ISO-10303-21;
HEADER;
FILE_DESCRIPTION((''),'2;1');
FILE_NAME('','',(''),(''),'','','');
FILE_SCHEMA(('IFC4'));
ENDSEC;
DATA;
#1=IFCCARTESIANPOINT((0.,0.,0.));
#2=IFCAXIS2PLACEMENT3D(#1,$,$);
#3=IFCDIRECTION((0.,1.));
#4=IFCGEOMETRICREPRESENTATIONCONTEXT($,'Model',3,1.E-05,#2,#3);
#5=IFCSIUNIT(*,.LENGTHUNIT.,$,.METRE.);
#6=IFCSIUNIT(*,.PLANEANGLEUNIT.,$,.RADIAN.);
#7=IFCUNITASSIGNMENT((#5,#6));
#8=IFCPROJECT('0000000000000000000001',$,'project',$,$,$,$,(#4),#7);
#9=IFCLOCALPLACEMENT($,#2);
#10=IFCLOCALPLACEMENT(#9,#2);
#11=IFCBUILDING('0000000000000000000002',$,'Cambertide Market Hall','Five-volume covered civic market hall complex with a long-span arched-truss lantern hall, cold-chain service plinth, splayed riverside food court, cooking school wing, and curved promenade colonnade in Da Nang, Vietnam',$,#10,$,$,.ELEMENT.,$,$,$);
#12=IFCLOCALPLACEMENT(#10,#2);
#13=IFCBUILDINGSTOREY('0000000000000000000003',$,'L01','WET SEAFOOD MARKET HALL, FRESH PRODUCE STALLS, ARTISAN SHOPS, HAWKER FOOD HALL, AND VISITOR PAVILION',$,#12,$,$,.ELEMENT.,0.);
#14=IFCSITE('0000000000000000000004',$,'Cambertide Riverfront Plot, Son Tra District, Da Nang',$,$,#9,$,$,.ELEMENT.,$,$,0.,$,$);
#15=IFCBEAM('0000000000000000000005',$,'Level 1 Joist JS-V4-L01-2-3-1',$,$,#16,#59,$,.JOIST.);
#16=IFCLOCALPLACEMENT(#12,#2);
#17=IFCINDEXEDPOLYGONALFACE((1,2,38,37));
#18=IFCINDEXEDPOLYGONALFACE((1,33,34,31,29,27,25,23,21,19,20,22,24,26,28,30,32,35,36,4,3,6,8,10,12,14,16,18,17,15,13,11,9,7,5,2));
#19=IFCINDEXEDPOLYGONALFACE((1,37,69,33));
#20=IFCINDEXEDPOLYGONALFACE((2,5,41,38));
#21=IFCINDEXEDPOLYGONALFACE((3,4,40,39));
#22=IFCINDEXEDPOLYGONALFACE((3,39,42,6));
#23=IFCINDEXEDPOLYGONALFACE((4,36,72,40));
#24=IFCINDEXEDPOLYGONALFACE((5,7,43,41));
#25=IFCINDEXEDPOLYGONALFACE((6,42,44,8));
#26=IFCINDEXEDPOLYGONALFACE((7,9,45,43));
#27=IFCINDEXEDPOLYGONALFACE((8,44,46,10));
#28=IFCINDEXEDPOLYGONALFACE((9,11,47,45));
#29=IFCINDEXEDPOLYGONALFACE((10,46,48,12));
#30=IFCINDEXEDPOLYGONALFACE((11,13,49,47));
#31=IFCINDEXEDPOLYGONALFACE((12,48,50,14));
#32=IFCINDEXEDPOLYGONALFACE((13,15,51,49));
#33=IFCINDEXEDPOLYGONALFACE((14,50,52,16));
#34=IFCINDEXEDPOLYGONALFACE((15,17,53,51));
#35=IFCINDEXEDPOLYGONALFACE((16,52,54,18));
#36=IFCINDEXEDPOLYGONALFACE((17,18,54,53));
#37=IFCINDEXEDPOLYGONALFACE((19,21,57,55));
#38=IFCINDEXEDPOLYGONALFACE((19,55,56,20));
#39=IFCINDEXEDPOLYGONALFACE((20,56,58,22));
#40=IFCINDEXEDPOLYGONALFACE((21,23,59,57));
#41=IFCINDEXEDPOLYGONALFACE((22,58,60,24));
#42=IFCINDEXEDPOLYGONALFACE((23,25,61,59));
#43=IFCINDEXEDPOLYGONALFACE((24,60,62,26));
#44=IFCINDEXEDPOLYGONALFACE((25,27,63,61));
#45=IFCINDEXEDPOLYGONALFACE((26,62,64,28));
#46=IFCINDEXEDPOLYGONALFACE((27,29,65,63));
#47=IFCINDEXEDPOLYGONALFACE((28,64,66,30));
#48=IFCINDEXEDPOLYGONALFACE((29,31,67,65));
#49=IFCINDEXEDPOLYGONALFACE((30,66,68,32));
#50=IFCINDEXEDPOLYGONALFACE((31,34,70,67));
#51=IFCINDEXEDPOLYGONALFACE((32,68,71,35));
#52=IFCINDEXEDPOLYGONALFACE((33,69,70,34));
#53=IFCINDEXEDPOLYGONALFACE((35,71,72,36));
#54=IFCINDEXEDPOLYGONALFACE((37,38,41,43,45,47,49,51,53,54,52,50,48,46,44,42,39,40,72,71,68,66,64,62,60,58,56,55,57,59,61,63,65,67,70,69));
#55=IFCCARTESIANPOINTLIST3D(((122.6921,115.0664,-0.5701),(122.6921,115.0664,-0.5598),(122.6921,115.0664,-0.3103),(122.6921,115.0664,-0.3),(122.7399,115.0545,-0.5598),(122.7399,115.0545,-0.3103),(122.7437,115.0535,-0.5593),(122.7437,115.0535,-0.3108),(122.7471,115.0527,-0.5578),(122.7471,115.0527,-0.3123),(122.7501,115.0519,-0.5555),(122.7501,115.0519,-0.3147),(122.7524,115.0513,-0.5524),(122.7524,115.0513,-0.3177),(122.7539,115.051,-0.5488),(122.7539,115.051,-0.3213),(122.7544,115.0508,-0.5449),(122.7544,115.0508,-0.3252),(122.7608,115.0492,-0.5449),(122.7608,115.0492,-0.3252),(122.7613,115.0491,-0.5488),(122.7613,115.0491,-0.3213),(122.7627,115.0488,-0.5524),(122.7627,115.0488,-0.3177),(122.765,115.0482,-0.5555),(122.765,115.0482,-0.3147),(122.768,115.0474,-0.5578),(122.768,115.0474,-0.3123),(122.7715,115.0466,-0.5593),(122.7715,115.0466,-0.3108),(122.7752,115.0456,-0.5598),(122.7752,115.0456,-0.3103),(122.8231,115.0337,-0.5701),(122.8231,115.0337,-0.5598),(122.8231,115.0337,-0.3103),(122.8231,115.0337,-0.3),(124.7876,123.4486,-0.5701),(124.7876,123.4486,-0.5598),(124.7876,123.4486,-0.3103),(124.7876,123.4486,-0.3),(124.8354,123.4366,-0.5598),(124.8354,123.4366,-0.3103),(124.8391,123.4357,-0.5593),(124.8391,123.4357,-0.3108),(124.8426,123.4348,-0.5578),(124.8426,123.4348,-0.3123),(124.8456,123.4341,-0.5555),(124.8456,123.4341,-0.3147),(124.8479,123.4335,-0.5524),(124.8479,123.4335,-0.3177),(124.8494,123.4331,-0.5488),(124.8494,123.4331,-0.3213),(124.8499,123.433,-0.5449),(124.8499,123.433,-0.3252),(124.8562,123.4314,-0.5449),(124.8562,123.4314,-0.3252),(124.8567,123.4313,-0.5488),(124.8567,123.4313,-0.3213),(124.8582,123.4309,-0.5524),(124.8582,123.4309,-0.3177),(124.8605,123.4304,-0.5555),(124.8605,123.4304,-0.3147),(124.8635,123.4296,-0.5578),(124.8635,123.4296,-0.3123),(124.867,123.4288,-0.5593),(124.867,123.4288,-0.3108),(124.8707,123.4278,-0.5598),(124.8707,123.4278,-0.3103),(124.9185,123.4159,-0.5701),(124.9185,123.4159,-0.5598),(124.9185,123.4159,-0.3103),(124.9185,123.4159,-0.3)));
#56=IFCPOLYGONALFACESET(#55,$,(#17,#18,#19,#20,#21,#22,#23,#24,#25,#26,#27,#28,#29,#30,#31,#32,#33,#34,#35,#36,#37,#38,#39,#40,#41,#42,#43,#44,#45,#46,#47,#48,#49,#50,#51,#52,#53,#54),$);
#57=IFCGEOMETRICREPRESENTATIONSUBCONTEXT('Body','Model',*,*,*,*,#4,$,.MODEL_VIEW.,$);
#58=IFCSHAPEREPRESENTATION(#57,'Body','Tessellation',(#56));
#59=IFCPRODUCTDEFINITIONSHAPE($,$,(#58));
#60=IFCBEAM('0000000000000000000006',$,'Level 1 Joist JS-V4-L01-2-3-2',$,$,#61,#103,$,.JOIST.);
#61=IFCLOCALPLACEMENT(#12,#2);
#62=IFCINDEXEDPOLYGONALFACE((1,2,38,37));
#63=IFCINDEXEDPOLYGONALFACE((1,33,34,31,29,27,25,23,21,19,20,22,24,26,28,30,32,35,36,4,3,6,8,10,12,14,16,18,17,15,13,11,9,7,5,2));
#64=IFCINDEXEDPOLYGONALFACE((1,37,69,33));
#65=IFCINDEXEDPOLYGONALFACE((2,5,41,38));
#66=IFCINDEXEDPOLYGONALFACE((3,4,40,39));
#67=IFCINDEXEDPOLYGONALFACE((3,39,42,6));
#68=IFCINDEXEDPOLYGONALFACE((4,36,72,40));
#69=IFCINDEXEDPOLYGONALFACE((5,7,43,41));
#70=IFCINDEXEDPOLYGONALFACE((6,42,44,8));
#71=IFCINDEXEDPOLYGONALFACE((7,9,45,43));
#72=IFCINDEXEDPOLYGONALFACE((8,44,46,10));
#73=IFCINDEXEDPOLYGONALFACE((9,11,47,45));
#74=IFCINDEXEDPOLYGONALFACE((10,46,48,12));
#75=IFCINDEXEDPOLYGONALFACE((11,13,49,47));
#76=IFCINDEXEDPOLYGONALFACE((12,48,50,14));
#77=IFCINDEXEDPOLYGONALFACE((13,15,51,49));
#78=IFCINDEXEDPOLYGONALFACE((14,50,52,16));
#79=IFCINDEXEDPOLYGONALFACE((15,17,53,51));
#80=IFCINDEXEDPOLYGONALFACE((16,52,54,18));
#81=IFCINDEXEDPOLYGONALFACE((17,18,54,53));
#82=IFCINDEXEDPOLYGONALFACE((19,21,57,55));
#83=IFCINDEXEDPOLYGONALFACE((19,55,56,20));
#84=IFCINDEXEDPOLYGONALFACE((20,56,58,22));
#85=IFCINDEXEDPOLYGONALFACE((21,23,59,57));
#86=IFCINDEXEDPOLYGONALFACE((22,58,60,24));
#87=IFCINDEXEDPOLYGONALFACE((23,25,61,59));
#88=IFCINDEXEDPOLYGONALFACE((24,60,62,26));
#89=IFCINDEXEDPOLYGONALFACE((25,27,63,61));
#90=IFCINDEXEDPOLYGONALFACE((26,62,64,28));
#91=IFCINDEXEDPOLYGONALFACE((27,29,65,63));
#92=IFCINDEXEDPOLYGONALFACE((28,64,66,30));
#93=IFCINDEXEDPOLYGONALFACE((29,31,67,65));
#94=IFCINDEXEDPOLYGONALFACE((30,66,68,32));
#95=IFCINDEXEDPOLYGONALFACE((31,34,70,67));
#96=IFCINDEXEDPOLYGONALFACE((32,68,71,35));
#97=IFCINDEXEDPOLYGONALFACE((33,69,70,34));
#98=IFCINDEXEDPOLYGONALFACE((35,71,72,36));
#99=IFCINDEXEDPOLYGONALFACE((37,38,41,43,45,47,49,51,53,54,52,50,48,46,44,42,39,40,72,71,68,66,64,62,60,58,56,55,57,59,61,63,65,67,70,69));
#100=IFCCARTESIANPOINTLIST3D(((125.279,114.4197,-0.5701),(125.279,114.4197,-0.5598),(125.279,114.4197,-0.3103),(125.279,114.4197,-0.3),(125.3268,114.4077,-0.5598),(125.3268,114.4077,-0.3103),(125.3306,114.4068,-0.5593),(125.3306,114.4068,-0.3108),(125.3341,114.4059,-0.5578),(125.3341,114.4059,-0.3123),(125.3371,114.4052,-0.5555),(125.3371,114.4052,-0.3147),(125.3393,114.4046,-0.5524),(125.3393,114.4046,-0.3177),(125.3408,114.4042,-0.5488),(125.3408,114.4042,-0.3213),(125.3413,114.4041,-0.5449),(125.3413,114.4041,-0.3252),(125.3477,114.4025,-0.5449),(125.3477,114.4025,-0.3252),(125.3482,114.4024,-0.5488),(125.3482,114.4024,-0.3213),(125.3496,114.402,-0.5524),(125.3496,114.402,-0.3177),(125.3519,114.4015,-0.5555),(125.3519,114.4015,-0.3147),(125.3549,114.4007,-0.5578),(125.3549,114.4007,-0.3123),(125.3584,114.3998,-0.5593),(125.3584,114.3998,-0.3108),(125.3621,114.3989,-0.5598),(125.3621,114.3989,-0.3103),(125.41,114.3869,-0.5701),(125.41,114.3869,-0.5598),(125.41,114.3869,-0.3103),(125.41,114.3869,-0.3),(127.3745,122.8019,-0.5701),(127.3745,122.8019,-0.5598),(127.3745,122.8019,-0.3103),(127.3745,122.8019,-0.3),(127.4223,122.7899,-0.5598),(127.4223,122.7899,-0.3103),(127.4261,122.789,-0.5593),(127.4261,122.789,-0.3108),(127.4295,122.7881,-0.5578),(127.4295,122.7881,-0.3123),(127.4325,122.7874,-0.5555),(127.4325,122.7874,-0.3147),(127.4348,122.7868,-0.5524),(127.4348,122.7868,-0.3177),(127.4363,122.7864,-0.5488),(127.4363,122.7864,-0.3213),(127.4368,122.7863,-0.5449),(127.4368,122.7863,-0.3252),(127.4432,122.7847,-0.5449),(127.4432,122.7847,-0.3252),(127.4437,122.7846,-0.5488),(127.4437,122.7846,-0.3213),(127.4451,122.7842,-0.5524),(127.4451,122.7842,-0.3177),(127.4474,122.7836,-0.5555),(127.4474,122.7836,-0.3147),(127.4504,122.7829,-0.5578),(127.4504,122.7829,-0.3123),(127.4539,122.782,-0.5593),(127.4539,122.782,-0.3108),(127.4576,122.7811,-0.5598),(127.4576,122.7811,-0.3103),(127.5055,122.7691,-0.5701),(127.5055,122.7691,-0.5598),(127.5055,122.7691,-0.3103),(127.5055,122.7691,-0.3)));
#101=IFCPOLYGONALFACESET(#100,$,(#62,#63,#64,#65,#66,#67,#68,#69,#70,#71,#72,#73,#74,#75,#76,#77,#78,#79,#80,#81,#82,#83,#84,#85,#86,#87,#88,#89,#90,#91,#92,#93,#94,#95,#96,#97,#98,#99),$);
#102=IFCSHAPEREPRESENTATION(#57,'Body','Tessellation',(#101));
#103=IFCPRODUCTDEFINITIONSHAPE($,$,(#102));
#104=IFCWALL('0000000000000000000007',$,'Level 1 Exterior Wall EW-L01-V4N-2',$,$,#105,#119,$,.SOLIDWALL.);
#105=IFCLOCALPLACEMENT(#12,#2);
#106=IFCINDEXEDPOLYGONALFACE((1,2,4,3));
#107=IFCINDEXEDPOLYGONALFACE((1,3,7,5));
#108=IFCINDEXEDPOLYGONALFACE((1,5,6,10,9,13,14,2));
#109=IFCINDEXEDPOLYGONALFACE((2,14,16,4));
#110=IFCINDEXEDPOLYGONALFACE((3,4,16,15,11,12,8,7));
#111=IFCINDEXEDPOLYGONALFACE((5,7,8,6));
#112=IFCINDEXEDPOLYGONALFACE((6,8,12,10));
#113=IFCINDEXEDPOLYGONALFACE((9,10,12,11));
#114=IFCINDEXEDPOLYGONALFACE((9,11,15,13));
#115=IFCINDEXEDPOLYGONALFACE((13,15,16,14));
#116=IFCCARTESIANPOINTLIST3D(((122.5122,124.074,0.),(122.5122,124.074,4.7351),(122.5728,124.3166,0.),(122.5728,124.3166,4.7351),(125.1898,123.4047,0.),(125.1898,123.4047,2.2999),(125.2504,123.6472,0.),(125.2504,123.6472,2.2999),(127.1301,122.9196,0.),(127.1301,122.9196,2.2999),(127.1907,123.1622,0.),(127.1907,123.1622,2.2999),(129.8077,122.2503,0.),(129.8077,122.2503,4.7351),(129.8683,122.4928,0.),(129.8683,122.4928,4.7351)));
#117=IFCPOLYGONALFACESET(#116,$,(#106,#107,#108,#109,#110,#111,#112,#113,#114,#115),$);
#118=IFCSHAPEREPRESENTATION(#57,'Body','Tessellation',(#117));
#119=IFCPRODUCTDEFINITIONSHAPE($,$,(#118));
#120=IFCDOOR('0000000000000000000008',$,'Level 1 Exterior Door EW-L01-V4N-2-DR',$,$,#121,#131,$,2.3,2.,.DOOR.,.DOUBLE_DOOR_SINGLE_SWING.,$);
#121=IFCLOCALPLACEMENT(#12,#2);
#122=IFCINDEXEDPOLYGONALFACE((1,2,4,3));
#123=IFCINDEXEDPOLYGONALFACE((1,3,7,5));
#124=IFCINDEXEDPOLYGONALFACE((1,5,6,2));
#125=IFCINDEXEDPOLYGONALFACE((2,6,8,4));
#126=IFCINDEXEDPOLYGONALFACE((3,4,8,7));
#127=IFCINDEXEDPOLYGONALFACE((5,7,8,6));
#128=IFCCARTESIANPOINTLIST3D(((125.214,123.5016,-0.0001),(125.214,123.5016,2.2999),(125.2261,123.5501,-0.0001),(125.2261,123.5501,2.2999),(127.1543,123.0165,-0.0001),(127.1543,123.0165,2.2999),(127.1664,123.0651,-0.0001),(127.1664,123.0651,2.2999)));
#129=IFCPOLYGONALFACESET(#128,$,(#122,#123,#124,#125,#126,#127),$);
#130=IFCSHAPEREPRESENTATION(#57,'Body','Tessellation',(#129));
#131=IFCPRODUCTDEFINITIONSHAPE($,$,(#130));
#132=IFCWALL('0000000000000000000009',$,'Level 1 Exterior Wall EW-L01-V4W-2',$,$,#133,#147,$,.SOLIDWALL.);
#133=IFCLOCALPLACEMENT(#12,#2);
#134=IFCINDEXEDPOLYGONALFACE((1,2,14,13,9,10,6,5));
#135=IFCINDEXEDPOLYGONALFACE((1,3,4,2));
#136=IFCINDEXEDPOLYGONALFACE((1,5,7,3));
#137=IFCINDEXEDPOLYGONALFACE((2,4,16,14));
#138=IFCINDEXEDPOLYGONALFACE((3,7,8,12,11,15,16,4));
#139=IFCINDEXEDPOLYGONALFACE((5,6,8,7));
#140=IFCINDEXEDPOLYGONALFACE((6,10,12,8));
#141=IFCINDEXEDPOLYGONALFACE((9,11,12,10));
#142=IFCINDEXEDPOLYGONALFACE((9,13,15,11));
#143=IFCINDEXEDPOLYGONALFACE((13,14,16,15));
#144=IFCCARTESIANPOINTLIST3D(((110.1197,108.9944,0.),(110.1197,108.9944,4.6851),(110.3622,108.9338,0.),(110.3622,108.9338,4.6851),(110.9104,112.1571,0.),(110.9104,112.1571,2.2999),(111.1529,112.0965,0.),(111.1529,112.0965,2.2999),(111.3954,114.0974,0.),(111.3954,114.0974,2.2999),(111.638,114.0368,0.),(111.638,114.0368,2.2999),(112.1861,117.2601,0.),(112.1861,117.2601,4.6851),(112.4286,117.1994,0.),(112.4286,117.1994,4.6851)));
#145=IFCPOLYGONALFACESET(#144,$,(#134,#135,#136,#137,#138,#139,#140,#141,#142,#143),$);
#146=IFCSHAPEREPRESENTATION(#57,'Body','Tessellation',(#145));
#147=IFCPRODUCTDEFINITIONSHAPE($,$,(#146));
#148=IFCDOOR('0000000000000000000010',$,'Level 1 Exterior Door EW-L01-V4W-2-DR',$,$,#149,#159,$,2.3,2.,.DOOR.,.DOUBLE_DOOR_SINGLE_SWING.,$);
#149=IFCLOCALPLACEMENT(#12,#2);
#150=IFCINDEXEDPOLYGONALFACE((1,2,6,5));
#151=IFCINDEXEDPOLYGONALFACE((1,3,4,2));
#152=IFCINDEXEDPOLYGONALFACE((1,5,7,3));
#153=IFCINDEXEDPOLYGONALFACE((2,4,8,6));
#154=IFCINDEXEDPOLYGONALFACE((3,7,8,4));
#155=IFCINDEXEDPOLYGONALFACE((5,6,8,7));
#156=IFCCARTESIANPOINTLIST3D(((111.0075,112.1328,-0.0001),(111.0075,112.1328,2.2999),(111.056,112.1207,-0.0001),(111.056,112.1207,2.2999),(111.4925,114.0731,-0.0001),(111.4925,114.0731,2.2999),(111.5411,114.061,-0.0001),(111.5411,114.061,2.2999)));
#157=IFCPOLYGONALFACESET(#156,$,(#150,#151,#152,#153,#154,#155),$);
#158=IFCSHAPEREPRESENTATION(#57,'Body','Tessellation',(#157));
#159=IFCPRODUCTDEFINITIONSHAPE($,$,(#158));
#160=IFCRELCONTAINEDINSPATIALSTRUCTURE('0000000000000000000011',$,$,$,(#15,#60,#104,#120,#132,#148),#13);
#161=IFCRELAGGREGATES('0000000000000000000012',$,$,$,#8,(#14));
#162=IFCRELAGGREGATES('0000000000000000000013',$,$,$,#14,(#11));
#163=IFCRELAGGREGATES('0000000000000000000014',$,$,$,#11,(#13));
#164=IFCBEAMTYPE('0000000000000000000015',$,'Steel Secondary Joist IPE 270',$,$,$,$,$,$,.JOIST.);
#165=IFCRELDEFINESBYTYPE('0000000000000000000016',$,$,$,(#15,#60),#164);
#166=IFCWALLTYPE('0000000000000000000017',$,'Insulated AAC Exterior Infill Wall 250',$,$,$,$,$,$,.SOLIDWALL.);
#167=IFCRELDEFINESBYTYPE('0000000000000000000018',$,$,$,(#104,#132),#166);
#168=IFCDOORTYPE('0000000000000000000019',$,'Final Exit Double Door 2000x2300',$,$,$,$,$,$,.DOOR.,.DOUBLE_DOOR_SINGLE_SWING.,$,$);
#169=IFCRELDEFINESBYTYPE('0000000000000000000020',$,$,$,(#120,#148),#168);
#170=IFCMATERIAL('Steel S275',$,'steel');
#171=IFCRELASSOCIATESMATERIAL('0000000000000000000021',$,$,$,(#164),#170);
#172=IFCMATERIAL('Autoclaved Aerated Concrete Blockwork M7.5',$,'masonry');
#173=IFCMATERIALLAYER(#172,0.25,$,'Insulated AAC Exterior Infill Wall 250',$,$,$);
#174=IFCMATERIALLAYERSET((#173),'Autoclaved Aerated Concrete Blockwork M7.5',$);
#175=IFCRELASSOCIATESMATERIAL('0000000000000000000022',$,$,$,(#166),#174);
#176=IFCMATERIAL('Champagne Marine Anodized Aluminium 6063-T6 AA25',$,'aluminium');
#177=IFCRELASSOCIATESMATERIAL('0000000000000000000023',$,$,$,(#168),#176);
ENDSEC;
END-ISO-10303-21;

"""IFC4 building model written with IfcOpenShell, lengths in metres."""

from ifc_helpers import new_model, si_unit, direction, frame, frame_2d, origin, origin_2d, place, context, subcontext, project, spatial, rectangle, i_section, extrude, material, layer, layer_set, material_profile, profile_set, type_object, element, fill, save


model = new_model("IFC4")

# Units and contexts
model_context = context("Model", 3, precision=1e-05, world=origin(), true_north=direction((0.0, 1.0)))
body_context = subcontext(model_context, "Body", "Model", "MODEL_VIEW")
ifc_project = project(units=[si_unit("LENGTHUNIT", "METRE"), si_unit("PLANEANGLEUNIT", "RADIAN")], contexts=[model_context])

# Site, building, storey
site_placement = place(None, origin())
site = spatial("IfcSite", under=ifc_project, at=site_placement, Name="Cambertide Riverfront Plot, Son Tra District, Da Nang", CompositionType="ELEMENT", RefElevation=0.0)
building_placement = place(site_placement, origin())
building = spatial("IfcBuilding", under=site, at=building_placement, Name="Cambertide Market Hall", Description="Five-volume covered civic market hall complex with a long-span arched-truss lantern hall, cold-chain service plinth, splayed riverside food court, cooking school wing, and curved promenade colonnade in Da Nang, Vietnam", CompositionType="ELEMENT")
storey_placement = place(building_placement, origin())
storey = spatial("IfcBuildingStorey", under=building, at=storey_placement, Name="L01", Description="WET SEAFOOD MARKET HALL, FRESH PRODUCE STALLS, ARTISAN SHOPS, HAWKER FOOD HALL, AND VISITOR PAVILION", CompositionType="ELEMENT", Elevation=0.0)

# Beams
ifc_material_1 = material(Name="Steel S275", Category="steel")
ifc_material_profile_1 = material_profile(ifc_material_1, i_section(OverallWidth=0.135, OverallDepth=0.27, WebThickness=0.0066, FlangeThickness=0.0103, FilletRadius=0.0149, at=origin_2d()), Name="IPE 270")
ifc_profile_set_1 = profile_set([ifc_material_profile_1], Name="Steel S275")
beam_type_1 = type_object("IfcBeamType", Name="Steel Secondary Joist IPE 270", PredefinedType="JOIST", material=ifc_profile_set_1)
for number, where, z_axis, x_axis, name in (
    (1, (122.7576, 115.05, -0.4351), (0.242529, 0.970144, 0.0), (-0.970144, 0.242529, 0.0), "Level 1 Joist JS-V4-L01-2-3-1"),
    (2, (125.3445, 114.4033, -0.4351), (0.242529, 0.970144, 0.0), (-0.970144, 0.242529, 0.0), "Level 1 Joist JS-V4-L01-2-3-2"),
):
    element("IfcBeam", number, at=place(storey_placement, frame(where, z_axis=z_axis, x_axis=x_axis)), inside=storey, type_object=beam_type_1, Name=name, PredefinedType="JOIST", context=body_context, shape_type="SweptSolid", body=[
        extrude(i_section(OverallWidth=0.135, OverallDepth=0.27, WebThickness=0.0066, FlangeThickness=0.0103, FilletRadius=0.0149, at=origin_2d()), origin(), (0.0, 0.0, 1.0), 8.6401),
    ])

# Walls, openings, doors
ifc_material_2 = material(Name="Autoclaved Aerated Concrete Blockwork M7.5", Category="masonry")
ifc_layer_1 = layer(ifc_material_2, 0.25, Name="Insulated AAC Exterior Infill Wall 250")
ifc_layer_set_1 = layer_set([ifc_layer_1], Name="Autoclaved Aerated Concrete Blockwork M7.5")
wall_type_1 = type_object("IfcWallType", Name="Insulated AAC Exterior Infill Wall 250", PredefinedType="SOLIDWALL", material=ifc_layer_set_1)
wall_1_placement = place(storey_placement, frame((122.5425, 124.1953, 0.0), z_axis=(0.0, 0.0, 1.0), x_axis=(0.970146, -0.24252, 0.0)))
wall_1 = element("IfcWall", 3, at=wall_1_placement, inside=storey, type_object=wall_type_1, Name="Level 1 Exterior Wall EW-L01-V4N-2", PredefinedType="SOLIDWALL", context=body_context, shape_type="SweptSolid", body=[
    extrude(rectangle(XDim=7.52, YDim=0.25, at=frame_2d((3.76, 0.0))), origin(), (0.0, 0.0, 1.0), 4.7351),
])
opening_1_placement = place(wall_1_placement, frame((2.76, 0.0, 0.0)))
opening_1 = element("IfcOpeningElement", 4, at=opening_1_placement, cuts=wall_1, PredefinedType="OPENING", context=body_context, shape_type="SweptSolid", body=[
    extrude(rectangle(XDim=2.0, YDim=2.3, at=frame_2d((1.0, 1.1499))), frame((0.0, 0.135, 0.0), z_axis=(0.0, -1.0, 0.0), x_axis=(1.0, 0.0, 0.0)), (0.0, 0.0, 1.0), 0.27),
])
ifc_material_3 = material(Name="Champagne Marine Anodized Aluminium 6063-T6 AA25", Category="aluminium")
door_type = type_object("IfcDoorType", Name="Final Exit Double Door 2000x2300", OperationType="DOUBLE_DOOR_SINGLE_SWING", PredefinedType="DOOR", material=ifc_material_3)
door_1_placement = place(opening_1_placement, origin())
door_1 = element("IfcDoor", 5, at=door_1_placement, inside=storey, type_object=door_type, Name="Level 1 Exterior Door EW-L01-V4N-2-DR", OperationType="DOUBLE_DOOR_SINGLE_SWING", OverallHeight=2.3, OverallWidth=2.0, PredefinedType="DOOR", context=body_context, shape_type="SweptSolid", body=[
    extrude(rectangle(XDim=2.0, YDim=2.3, at=frame_2d((1.0, 1.1499))), frame((0.0, 0.0249, 0.0), z_axis=(0.0, -1.0, 0.0), x_axis=(1.0, 0.0, 0.0)), (0.0, 0.0, 1.0), 0.05),
])
fill(opening_1, door_1)
wall_2_placement = place(storey_placement, frame((110.241, 108.9641, 0.0), z_axis=(0.0, 0.0, 1.0), x_axis=(0.242536, 0.970143, 0.0)))
wall_2 = element("IfcWall", 6, at=wall_2_placement, inside=storey, type_object=wall_type_1, Name="Level 1 Exterior Wall EW-L01-V4W-2", PredefinedType="SOLIDWALL", context=body_context, shape_type="SweptSolid", body=[
    extrude(rectangle(XDim=8.52, YDim=0.25, at=frame_2d((4.26, 0.0))), origin(), (0.0, 0.0, 1.0), 4.6851),
])
opening_2_placement = place(wall_2_placement, frame((3.26, 0.0, 0.0)))
opening_2 = element("IfcOpeningElement", 7, at=opening_2_placement, cuts=wall_2, PredefinedType="OPENING", context=body_context, shape_type="SweptSolid", body=[
    extrude(rectangle(XDim=2.0, YDim=2.3, at=frame_2d((1.0, 1.1499))), frame((0.0, 0.135, 0.0), z_axis=(0.0, -1.0, 0.0), x_axis=(1.0, 0.0, 0.0)), (0.0, 0.0, 1.0), 0.27),
])
door_2_placement = place(opening_2_placement, origin())
door_2 = element("IfcDoor", 8, at=door_2_placement, inside=storey, type_object=door_type, Name="Level 1 Exterior Door EW-L01-V4W-2-DR", OperationType="DOUBLE_DOOR_SINGLE_SWING", OverallHeight=2.3, OverallWidth=2.0, PredefinedType="DOOR", context=body_context, shape_type="SweptSolid", body=[
    extrude(rectangle(XDim=2.0, YDim=2.3, at=frame_2d((1.0, 1.1499))), frame((0.0, 0.0249, 0.0), z_axis=(0.0, -1.0, 0.0), x_axis=(1.0, 0.0, 0.0)), (0.0, 0.0, 1.0), 0.05),
])
fill(opening_2, door_2)

save(model, "model.ifc")
